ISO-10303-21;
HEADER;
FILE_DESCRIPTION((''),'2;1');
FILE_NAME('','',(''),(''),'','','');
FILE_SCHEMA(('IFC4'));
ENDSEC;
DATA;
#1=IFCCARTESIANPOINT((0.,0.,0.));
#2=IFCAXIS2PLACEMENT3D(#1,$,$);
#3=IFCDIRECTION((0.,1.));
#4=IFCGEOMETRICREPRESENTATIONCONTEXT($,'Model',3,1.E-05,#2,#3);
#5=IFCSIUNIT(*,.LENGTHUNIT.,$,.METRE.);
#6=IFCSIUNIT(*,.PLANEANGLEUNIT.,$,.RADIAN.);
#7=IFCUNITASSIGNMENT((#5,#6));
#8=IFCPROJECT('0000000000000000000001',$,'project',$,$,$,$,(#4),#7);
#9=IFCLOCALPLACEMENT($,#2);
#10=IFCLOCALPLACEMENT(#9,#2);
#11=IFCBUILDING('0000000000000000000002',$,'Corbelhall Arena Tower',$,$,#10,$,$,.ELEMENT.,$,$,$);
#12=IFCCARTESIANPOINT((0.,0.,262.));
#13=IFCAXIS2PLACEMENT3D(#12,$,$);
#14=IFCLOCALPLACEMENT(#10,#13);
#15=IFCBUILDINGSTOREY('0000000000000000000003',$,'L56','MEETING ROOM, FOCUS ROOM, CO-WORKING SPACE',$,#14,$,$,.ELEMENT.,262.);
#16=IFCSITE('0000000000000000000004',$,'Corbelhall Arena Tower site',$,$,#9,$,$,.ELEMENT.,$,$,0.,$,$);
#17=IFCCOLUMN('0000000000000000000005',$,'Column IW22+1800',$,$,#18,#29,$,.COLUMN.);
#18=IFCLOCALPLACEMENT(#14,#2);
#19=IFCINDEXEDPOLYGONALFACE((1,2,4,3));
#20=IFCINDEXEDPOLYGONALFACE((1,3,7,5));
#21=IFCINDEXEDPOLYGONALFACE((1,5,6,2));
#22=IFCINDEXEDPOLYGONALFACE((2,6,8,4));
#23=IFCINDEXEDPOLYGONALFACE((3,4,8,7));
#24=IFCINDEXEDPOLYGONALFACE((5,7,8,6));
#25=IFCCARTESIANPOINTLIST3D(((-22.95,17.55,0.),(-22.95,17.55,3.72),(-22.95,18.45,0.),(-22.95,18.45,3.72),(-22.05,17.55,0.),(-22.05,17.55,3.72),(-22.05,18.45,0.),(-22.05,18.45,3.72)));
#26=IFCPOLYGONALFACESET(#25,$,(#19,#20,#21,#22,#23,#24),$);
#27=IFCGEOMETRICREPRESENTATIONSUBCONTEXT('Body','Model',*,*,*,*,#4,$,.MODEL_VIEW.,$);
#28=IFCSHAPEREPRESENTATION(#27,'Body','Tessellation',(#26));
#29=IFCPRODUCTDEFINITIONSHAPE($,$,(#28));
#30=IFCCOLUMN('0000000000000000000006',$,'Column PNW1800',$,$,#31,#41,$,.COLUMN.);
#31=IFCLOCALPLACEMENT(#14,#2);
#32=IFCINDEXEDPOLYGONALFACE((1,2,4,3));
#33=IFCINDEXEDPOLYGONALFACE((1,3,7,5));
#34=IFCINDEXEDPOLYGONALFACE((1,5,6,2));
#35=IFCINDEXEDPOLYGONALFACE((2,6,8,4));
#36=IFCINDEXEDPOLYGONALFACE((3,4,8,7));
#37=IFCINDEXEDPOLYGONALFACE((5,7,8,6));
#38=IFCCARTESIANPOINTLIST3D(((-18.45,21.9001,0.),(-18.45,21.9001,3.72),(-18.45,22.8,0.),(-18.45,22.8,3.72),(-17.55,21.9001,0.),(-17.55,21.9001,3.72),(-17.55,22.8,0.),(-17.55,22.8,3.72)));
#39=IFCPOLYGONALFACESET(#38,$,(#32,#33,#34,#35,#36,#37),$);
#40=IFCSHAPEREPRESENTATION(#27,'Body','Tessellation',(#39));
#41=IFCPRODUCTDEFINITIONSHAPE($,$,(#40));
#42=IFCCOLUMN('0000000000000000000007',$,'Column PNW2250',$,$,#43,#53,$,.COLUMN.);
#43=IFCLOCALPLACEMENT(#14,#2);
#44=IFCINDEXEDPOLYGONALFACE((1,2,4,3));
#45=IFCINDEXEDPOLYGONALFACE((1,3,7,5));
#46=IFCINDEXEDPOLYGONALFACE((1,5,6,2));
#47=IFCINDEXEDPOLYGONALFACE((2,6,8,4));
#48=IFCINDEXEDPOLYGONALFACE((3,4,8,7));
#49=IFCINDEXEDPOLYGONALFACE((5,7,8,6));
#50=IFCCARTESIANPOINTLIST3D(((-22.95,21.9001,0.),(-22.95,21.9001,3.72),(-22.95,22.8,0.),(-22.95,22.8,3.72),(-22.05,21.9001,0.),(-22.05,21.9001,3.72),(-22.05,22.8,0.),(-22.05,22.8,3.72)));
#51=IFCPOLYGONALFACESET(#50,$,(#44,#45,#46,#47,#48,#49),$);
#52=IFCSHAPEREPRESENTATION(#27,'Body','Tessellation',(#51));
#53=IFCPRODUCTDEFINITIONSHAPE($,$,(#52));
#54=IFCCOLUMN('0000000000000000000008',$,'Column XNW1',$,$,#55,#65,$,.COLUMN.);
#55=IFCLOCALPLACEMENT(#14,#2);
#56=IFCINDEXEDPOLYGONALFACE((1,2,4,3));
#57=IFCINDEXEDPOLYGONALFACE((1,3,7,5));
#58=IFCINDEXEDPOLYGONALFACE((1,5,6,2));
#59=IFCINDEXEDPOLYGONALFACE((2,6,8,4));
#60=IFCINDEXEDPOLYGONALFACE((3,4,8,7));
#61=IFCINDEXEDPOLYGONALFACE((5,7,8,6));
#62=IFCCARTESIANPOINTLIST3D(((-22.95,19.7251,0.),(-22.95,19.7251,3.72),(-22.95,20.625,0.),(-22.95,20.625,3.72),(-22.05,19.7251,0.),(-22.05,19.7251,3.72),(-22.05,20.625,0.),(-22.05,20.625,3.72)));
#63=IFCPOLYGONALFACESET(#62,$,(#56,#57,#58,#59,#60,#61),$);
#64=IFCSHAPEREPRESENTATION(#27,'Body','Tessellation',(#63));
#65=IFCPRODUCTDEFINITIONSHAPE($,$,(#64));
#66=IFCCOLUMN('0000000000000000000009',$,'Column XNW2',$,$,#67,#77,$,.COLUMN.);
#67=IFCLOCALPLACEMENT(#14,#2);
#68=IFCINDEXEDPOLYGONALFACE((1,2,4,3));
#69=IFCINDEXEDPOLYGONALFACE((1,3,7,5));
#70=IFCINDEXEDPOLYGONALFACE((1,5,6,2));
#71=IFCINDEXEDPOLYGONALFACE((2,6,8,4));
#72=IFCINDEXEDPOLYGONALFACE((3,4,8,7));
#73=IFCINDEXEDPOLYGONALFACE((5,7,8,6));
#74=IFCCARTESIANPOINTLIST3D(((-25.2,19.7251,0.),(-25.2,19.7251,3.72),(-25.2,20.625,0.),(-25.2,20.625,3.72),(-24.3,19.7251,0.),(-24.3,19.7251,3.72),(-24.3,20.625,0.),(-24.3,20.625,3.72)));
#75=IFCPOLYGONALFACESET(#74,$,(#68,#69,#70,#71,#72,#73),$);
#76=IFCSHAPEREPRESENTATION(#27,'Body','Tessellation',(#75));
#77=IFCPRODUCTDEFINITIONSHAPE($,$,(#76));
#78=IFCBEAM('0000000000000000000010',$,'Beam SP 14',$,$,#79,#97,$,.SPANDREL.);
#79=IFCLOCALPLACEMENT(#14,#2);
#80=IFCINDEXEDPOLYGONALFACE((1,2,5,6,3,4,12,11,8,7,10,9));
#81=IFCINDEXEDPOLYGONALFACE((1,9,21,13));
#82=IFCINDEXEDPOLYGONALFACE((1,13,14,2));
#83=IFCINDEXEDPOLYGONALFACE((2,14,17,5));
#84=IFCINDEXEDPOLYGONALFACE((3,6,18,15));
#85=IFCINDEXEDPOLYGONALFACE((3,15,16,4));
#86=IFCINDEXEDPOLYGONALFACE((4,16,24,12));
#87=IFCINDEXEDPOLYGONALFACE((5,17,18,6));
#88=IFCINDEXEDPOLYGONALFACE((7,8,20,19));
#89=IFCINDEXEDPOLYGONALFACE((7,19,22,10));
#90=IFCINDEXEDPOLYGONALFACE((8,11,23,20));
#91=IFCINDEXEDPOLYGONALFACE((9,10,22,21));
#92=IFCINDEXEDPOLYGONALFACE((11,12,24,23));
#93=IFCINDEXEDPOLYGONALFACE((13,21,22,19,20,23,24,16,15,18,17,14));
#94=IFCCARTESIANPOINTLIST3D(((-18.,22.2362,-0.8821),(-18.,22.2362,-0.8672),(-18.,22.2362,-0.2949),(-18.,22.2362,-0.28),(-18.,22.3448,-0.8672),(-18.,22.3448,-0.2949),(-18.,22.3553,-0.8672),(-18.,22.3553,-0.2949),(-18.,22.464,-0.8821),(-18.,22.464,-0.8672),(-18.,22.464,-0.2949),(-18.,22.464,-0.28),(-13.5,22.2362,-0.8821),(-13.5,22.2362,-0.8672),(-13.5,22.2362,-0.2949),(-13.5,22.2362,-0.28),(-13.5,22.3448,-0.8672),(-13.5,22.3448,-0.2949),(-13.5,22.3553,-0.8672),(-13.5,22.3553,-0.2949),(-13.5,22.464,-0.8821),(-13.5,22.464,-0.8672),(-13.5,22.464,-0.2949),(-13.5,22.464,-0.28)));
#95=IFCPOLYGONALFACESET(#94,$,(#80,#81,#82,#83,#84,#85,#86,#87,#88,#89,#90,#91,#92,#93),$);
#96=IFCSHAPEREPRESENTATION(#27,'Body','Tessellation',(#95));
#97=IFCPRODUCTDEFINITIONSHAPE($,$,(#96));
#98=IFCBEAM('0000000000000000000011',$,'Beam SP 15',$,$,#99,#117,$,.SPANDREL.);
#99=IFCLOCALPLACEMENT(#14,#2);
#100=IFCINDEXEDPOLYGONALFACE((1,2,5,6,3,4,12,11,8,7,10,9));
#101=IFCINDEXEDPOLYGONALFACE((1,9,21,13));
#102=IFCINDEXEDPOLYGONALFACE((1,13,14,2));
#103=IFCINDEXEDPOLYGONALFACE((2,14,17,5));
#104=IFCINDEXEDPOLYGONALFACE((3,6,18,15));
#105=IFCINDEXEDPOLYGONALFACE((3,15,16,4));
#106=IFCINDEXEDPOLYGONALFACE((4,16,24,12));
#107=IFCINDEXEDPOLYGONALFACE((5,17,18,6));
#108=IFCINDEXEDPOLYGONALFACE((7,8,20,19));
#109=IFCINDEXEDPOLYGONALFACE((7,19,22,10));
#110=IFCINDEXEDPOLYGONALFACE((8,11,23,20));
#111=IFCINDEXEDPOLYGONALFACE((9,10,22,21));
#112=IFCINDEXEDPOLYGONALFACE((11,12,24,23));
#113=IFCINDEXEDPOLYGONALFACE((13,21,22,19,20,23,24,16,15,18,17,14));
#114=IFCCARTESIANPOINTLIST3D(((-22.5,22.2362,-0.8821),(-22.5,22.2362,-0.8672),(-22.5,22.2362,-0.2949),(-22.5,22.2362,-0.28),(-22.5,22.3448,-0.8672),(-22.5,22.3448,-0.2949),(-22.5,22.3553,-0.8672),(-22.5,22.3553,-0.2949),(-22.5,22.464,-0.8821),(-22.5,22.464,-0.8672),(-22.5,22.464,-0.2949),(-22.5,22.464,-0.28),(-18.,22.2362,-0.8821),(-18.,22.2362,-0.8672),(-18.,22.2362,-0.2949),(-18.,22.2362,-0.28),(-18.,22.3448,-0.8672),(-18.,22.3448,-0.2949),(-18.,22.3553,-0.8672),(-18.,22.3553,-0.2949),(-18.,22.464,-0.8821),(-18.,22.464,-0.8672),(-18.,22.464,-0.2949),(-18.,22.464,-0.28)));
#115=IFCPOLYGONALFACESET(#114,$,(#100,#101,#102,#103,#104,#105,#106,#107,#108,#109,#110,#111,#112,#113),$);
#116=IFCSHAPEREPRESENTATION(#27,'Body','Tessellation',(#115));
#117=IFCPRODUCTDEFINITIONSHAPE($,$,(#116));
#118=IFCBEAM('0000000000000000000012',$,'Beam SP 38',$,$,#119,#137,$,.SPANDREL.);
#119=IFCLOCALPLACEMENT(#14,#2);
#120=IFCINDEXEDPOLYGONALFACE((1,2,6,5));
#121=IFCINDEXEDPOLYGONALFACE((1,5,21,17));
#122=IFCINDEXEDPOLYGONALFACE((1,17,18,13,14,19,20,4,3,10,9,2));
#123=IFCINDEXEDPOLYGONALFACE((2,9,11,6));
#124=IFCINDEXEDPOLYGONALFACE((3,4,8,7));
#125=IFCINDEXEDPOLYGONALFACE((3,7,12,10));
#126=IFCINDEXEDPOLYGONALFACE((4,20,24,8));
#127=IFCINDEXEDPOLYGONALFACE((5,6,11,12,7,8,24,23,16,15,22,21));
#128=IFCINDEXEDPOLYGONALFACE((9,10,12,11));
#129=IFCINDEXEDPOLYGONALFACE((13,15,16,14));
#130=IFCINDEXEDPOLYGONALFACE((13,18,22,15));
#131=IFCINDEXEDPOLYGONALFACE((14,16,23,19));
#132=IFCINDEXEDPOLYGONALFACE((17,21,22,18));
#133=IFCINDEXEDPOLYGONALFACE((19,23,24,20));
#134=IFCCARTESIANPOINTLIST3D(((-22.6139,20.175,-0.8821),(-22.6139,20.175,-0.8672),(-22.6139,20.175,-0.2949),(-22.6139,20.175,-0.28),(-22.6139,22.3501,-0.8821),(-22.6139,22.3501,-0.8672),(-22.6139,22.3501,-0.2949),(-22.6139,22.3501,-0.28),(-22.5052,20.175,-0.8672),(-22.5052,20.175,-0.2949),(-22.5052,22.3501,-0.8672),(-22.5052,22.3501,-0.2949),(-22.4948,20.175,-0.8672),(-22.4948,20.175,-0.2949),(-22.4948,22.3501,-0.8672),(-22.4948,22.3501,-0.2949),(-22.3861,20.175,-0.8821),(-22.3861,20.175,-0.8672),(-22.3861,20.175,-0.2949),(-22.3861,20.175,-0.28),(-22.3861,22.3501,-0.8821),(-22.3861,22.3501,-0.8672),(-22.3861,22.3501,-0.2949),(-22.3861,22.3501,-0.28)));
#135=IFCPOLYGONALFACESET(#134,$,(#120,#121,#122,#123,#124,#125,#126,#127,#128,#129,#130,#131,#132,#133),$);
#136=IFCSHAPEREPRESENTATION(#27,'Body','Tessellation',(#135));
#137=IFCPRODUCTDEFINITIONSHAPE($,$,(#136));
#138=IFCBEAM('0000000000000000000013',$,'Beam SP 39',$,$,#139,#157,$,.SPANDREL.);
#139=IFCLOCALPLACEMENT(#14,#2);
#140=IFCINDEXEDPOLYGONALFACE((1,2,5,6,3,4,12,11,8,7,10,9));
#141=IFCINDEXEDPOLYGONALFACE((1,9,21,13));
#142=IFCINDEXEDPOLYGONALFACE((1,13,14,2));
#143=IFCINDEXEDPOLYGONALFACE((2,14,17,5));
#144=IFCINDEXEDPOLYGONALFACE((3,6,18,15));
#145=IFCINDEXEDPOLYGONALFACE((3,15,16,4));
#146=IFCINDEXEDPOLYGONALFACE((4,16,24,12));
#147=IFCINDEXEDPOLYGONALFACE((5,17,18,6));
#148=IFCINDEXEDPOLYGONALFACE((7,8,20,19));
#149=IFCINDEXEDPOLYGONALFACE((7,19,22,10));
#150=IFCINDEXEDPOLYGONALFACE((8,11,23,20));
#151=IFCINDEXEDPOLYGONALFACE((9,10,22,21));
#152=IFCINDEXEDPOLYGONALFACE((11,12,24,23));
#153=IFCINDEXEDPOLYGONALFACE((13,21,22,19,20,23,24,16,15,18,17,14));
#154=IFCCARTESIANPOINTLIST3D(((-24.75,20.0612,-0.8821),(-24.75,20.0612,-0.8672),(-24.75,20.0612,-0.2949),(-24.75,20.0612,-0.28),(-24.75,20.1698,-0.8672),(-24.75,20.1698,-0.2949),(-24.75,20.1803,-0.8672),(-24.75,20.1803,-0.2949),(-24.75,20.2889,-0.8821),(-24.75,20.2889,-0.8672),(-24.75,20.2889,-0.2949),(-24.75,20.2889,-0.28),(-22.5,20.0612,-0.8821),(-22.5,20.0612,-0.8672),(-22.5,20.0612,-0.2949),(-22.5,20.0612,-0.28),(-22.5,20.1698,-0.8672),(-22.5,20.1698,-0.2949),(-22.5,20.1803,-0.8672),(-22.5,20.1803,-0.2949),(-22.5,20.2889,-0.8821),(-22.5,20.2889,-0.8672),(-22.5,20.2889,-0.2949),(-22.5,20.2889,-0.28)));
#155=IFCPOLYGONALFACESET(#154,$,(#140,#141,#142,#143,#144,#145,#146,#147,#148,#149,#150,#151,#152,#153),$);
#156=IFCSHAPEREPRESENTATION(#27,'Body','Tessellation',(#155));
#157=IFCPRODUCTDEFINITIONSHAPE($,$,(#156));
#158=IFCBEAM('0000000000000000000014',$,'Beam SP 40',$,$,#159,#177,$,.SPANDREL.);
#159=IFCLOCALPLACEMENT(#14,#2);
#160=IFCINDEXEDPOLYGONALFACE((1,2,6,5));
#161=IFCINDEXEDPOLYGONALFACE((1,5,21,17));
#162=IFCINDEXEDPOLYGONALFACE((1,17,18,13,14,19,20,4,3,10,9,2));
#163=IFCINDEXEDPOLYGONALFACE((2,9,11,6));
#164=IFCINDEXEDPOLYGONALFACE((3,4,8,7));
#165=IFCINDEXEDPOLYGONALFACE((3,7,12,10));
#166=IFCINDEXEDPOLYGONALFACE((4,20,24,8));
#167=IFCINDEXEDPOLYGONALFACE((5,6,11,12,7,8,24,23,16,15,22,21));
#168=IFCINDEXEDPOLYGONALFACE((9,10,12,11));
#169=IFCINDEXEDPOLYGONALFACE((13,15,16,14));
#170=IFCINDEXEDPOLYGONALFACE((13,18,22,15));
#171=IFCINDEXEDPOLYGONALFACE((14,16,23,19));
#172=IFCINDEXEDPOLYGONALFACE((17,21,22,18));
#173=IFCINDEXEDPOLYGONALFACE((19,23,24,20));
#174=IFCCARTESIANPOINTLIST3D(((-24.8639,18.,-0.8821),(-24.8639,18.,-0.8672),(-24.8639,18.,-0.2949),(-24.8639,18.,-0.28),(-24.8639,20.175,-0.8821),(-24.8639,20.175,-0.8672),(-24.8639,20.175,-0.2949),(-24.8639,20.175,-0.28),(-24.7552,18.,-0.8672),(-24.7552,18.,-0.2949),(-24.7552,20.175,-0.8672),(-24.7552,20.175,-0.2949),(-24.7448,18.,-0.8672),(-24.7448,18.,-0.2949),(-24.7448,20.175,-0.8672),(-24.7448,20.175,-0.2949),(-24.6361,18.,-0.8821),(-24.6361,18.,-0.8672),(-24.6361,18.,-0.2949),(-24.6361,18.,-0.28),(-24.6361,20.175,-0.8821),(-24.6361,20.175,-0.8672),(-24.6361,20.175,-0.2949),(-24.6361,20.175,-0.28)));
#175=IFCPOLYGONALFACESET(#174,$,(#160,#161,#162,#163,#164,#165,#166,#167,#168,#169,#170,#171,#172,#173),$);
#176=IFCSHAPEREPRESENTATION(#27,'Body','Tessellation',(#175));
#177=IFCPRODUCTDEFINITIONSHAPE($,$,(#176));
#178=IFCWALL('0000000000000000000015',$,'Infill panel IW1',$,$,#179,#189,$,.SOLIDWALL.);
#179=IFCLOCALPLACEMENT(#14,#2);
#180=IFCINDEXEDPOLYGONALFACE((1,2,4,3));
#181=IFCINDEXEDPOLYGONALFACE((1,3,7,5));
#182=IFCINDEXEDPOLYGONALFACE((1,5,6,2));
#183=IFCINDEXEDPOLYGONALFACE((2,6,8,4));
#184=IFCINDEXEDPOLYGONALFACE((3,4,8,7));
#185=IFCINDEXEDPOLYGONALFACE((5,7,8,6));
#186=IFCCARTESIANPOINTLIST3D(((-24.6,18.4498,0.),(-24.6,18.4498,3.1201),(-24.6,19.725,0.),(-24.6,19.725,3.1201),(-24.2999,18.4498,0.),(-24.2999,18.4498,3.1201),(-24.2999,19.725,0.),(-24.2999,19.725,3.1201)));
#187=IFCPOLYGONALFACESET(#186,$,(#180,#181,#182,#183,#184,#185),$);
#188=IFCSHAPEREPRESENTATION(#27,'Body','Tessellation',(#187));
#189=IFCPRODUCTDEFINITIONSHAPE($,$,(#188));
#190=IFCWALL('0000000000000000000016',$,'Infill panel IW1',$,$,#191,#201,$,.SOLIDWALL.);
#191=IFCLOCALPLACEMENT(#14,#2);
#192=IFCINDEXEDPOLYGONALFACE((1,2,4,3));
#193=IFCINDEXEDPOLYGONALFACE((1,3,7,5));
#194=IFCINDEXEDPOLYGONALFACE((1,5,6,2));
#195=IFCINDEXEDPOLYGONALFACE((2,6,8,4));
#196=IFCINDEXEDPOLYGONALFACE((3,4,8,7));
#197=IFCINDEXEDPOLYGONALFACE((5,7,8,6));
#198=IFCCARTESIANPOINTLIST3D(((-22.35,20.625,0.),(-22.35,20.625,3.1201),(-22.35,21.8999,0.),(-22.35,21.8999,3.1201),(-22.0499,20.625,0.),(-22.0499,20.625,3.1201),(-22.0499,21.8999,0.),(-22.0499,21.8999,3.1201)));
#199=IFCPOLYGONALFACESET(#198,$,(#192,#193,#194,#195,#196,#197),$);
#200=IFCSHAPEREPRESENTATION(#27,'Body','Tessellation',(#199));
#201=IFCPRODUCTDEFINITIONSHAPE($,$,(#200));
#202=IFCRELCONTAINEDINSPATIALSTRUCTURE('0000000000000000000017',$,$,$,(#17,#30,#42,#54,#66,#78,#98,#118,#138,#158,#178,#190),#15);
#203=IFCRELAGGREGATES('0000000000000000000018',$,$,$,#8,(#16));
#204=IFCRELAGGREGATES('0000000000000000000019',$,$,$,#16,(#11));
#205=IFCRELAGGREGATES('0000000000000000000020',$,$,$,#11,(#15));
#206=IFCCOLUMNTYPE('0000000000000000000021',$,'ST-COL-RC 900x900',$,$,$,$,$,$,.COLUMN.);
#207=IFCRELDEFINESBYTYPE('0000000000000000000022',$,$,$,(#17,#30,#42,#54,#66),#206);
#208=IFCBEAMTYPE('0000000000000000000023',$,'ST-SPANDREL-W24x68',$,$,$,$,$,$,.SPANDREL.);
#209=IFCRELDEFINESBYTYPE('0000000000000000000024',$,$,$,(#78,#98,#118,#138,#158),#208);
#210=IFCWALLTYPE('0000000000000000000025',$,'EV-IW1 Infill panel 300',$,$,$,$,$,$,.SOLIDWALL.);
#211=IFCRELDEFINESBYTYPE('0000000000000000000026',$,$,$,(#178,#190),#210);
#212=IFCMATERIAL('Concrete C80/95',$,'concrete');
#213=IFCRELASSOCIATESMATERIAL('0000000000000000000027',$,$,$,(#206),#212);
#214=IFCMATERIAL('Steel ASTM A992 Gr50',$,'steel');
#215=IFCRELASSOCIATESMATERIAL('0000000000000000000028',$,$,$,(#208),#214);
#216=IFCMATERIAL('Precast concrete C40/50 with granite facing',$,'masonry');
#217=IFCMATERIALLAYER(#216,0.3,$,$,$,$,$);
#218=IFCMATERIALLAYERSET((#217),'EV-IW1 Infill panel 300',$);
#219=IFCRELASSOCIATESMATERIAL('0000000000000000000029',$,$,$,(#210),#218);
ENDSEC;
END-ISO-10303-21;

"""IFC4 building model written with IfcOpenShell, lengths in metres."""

from ifc_helpers import new_model, si_unit, direction, frame, frame_2d, origin, origin_2d, place, context, subcontext, project, spatial, rectangle, i_section, extrude, material, layer, layer_set, material_profile, profile_set, type_object, element, save


model = new_model("IFC4")

# Units and contexts
model_context = context("Model", 3, precision=1e-05, world=origin(), true_north=direction((0.0, 1.0)))
body_context = subcontext(model_context, "Body", "Model", "MODEL_VIEW")
ifc_project = project(units=[si_unit("LENGTHUNIT", "METRE"), si_unit("PLANEANGLEUNIT", "RADIAN")], contexts=[model_context])

# Site, building, storey
site_placement = place(None, origin())
site = spatial("IfcSite", under=ifc_project, at=site_placement, Name="Corbelhall Arena Tower site", CompositionType="ELEMENT", RefElevation=0.0)
building_placement = place(site_placement, origin())
building = spatial("IfcBuilding", under=site, at=building_placement, Name="Corbelhall Arena Tower", CompositionType="ELEMENT")
storey_placement = place(building_placement, frame((0.0, 0.0, 262.0)))
storey = spatial("IfcBuildingStorey", under=building, at=storey_placement, Name="L56", Description="MEETING ROOM, FOCUS ROOM, CO-WORKING SPACE", CompositionType="ELEMENT", Elevation=262.0)

# Columns
ifc_material_1 = material(Name="Concrete C80/95", Category="concrete")
ifc_material_profile_1 = material_profile(ifc_material_1, rectangle(XDim=0.8999, YDim=0.8999, at=origin_2d()))
ifc_profile_set_1 = profile_set([ifc_material_profile_1], Name="Concrete C80/95")
column_type = type_object("IfcColumnType", Name="ST-COL-RC 900x900", PredefinedType="COLUMN", material=ifc_profile_set_1)
for number, where, z_axis, x_axis, name in (
    (1, (-22.5, 18.0, 0.0), (0.0, 0.0, 1.0), (1.0, 0.0, 0.0), "Column IW22+1800"),
    (2, (-18.0, 22.3501, 0.0), (0.0, 0.0, 1.0), (1.0, 0.0, 0.0), "Column PNW1800"),
    (3, (-22.5, 22.3501, 0.0), (0.0, 0.0, 1.0), (1.0, 0.0, 0.0), "Column PNW2250"),
    (4, (-22.5, 20.175, 0.0), (0.0, 0.0, 1.0), (1.0, 0.0, 0.0), "Column XNW1"),
    (5, (-24.75, 20.175, 0.0), (0.0, 0.0, 1.0), (1.0, 0.0, 0.0), "Column XNW2"),
):
    element("IfcColumn", number, at=place(storey_placement, frame(where, z_axis=z_axis, x_axis=x_axis)), inside=storey, type_object=column_type, Name=name, PredefinedType="COLUMN", context=body_context, shape_type="SweptSolid", body=[
        extrude(rectangle(XDim=0.8999, YDim=0.8999, at=origin_2d()), origin(), (0.0, 0.0, 1.0), 3.72),
    ])

# Beams
ifc_material_2 = material(Name="Steel ASTM A992 Gr50", Category="steel")
ifc_material_profile_2 = material_profile(ifc_material_2, i_section(OverallWidth=0.2278, OverallDepth=0.6021, WebThickness=0.0105, FlangeThickness=0.0149, at=origin_2d()))
ifc_profile_set_2 = profile_set([ifc_material_profile_2], Name="Steel ASTM A992 Gr50")
beam_type = type_object("IfcBeamType", Name="ST-SPANDREL-W24x68", PredefinedType="SPANDREL", material=ifc_profile_set_2)
for number, where, z_axis, x_axis, name in (
    (6, (-18.0, 22.3501, -0.5811), (1.0, 0.0, 0.0), (0.0, 1.0, 0.0), "Beam SP 14"),
    (7, (-22.5, 22.3501, -0.5811), (1.0, 0.0, 0.0), (0.0, 1.0, 0.0), "Beam SP 15"),
):
    element("IfcBeam", number, at=place(storey_placement, frame(where, z_axis=z_axis, x_axis=x_axis)), inside=storey, type_object=beam_type, Name=name, PredefinedType="SPANDREL", context=body_context, shape_type="SweptSolid", body=[
        extrude(i_section(OverallWidth=0.2278, OverallDepth=0.6021, WebThickness=0.0105, FlangeThickness=0.0149, at=origin_2d()), origin(), (0.0, 0.0, 1.0), 4.5),
    ])
beam_1_placement = place(storey_placement, frame((-22.5, 20.175, -0.5811), z_axis=(0.0, 1.0, 0.0), x_axis=(-1.0, 0.0, 0.0)))
element("IfcBeam", 8, at=beam_1_placement, inside=storey, type_object=beam_type, Name="Beam SP 38", PredefinedType="SPANDREL", context=body_context, shape_type="SweptSolid", body=[
    extrude(i_section(OverallWidth=0.2278, OverallDepth=0.6021, WebThickness=0.0105, FlangeThickness=0.0149, at=origin_2d()), origin(), (0.0, 0.0, 1.0), 2.175),
])
beam_2_placement = place(storey_placement, frame((-24.75, 20.175, -0.5811), z_axis=(1.0, 0.0, 0.0), x_axis=(0.0, 1.0, 0.0)))
element("IfcBeam", 9, at=beam_2_placement, inside=storey, type_object=beam_type, Name="Beam SP 39", PredefinedType="SPANDREL", context=body_context, shape_type="SweptSolid", body=[
    extrude(i_section(OverallWidth=0.2278, OverallDepth=0.6021, WebThickness=0.0105, FlangeThickness=0.0149, at=origin_2d()), origin(), (0.0, 0.0, 1.0), 2.25),
])
beam_3_placement = place(storey_placement, frame((-24.75, 18.0, -0.5811), z_axis=(0.0, 1.0, 0.0), x_axis=(-1.0, 0.0, 0.0)))
element("IfcBeam", 10, at=beam_3_placement, inside=storey, type_object=beam_type, Name="Beam SP 40", PredefinedType="SPANDREL", context=body_context, shape_type="SweptSolid", body=[
    extrude(i_section(OverallWidth=0.2278, OverallDepth=0.6021, WebThickness=0.0105, FlangeThickness=0.0149, at=origin_2d()), origin(), (0.0, 0.0, 1.0), 2.175),
])

# Wall
ifc_material_3 = material(Name="Precast concrete C40/50 with granite facing", Category="masonry")
ifc_layer_1 = layer(ifc_material_3, 0.3)
ifc_layer_set_1 = layer_set([ifc_layer_1], Name="EV-IW1 Infill panel 300")
wall_type_1 = type_object("IfcWallType", Name="EV-IW1 Infill panel 300", PredefinedType="SOLIDWALL", material=ifc_layer_set_1)
wall_1_placement = place(storey_placement, frame((-24.45, 19.7251, 0.0), z_axis=(0.0, 0.0, 1.0), x_axis=(0.0, -1.0, 0.0)))
element("IfcWall", 11, at=wall_1_placement, inside=storey, type_object=wall_type_1, Name="Infill panel IW1", PredefinedType="SOLIDWALL", context=body_context, shape_type="SweptSolid", body=[
    extrude(rectangle(XDim=1.2751, YDim=0.3, at=frame_2d((0.6377, 0.0))), origin(), (0.0, 0.0, 1.0), 3.1201),
])

# Wall
wall_2_placement = place(storey_placement, frame((-22.2, 21.8999, 0.0), z_axis=(0.0, 0.0, 1.0), x_axis=(0.0, -1.0, 0.0)))
element("IfcWall", 12, at=wall_2_placement, inside=storey, type_object=wall_type_1, Name="Infill panel IW1", PredefinedType="SOLIDWALL", context=body_context, shape_type="SweptSolid", body=[
    extrude(rectangle(XDim=1.2749, YDim=0.3, at=frame_2d((0.6375, 0.0))), origin(), (0.0, 0.0, 1.0), 3.1201),
])

save(model, "model.ifc")
